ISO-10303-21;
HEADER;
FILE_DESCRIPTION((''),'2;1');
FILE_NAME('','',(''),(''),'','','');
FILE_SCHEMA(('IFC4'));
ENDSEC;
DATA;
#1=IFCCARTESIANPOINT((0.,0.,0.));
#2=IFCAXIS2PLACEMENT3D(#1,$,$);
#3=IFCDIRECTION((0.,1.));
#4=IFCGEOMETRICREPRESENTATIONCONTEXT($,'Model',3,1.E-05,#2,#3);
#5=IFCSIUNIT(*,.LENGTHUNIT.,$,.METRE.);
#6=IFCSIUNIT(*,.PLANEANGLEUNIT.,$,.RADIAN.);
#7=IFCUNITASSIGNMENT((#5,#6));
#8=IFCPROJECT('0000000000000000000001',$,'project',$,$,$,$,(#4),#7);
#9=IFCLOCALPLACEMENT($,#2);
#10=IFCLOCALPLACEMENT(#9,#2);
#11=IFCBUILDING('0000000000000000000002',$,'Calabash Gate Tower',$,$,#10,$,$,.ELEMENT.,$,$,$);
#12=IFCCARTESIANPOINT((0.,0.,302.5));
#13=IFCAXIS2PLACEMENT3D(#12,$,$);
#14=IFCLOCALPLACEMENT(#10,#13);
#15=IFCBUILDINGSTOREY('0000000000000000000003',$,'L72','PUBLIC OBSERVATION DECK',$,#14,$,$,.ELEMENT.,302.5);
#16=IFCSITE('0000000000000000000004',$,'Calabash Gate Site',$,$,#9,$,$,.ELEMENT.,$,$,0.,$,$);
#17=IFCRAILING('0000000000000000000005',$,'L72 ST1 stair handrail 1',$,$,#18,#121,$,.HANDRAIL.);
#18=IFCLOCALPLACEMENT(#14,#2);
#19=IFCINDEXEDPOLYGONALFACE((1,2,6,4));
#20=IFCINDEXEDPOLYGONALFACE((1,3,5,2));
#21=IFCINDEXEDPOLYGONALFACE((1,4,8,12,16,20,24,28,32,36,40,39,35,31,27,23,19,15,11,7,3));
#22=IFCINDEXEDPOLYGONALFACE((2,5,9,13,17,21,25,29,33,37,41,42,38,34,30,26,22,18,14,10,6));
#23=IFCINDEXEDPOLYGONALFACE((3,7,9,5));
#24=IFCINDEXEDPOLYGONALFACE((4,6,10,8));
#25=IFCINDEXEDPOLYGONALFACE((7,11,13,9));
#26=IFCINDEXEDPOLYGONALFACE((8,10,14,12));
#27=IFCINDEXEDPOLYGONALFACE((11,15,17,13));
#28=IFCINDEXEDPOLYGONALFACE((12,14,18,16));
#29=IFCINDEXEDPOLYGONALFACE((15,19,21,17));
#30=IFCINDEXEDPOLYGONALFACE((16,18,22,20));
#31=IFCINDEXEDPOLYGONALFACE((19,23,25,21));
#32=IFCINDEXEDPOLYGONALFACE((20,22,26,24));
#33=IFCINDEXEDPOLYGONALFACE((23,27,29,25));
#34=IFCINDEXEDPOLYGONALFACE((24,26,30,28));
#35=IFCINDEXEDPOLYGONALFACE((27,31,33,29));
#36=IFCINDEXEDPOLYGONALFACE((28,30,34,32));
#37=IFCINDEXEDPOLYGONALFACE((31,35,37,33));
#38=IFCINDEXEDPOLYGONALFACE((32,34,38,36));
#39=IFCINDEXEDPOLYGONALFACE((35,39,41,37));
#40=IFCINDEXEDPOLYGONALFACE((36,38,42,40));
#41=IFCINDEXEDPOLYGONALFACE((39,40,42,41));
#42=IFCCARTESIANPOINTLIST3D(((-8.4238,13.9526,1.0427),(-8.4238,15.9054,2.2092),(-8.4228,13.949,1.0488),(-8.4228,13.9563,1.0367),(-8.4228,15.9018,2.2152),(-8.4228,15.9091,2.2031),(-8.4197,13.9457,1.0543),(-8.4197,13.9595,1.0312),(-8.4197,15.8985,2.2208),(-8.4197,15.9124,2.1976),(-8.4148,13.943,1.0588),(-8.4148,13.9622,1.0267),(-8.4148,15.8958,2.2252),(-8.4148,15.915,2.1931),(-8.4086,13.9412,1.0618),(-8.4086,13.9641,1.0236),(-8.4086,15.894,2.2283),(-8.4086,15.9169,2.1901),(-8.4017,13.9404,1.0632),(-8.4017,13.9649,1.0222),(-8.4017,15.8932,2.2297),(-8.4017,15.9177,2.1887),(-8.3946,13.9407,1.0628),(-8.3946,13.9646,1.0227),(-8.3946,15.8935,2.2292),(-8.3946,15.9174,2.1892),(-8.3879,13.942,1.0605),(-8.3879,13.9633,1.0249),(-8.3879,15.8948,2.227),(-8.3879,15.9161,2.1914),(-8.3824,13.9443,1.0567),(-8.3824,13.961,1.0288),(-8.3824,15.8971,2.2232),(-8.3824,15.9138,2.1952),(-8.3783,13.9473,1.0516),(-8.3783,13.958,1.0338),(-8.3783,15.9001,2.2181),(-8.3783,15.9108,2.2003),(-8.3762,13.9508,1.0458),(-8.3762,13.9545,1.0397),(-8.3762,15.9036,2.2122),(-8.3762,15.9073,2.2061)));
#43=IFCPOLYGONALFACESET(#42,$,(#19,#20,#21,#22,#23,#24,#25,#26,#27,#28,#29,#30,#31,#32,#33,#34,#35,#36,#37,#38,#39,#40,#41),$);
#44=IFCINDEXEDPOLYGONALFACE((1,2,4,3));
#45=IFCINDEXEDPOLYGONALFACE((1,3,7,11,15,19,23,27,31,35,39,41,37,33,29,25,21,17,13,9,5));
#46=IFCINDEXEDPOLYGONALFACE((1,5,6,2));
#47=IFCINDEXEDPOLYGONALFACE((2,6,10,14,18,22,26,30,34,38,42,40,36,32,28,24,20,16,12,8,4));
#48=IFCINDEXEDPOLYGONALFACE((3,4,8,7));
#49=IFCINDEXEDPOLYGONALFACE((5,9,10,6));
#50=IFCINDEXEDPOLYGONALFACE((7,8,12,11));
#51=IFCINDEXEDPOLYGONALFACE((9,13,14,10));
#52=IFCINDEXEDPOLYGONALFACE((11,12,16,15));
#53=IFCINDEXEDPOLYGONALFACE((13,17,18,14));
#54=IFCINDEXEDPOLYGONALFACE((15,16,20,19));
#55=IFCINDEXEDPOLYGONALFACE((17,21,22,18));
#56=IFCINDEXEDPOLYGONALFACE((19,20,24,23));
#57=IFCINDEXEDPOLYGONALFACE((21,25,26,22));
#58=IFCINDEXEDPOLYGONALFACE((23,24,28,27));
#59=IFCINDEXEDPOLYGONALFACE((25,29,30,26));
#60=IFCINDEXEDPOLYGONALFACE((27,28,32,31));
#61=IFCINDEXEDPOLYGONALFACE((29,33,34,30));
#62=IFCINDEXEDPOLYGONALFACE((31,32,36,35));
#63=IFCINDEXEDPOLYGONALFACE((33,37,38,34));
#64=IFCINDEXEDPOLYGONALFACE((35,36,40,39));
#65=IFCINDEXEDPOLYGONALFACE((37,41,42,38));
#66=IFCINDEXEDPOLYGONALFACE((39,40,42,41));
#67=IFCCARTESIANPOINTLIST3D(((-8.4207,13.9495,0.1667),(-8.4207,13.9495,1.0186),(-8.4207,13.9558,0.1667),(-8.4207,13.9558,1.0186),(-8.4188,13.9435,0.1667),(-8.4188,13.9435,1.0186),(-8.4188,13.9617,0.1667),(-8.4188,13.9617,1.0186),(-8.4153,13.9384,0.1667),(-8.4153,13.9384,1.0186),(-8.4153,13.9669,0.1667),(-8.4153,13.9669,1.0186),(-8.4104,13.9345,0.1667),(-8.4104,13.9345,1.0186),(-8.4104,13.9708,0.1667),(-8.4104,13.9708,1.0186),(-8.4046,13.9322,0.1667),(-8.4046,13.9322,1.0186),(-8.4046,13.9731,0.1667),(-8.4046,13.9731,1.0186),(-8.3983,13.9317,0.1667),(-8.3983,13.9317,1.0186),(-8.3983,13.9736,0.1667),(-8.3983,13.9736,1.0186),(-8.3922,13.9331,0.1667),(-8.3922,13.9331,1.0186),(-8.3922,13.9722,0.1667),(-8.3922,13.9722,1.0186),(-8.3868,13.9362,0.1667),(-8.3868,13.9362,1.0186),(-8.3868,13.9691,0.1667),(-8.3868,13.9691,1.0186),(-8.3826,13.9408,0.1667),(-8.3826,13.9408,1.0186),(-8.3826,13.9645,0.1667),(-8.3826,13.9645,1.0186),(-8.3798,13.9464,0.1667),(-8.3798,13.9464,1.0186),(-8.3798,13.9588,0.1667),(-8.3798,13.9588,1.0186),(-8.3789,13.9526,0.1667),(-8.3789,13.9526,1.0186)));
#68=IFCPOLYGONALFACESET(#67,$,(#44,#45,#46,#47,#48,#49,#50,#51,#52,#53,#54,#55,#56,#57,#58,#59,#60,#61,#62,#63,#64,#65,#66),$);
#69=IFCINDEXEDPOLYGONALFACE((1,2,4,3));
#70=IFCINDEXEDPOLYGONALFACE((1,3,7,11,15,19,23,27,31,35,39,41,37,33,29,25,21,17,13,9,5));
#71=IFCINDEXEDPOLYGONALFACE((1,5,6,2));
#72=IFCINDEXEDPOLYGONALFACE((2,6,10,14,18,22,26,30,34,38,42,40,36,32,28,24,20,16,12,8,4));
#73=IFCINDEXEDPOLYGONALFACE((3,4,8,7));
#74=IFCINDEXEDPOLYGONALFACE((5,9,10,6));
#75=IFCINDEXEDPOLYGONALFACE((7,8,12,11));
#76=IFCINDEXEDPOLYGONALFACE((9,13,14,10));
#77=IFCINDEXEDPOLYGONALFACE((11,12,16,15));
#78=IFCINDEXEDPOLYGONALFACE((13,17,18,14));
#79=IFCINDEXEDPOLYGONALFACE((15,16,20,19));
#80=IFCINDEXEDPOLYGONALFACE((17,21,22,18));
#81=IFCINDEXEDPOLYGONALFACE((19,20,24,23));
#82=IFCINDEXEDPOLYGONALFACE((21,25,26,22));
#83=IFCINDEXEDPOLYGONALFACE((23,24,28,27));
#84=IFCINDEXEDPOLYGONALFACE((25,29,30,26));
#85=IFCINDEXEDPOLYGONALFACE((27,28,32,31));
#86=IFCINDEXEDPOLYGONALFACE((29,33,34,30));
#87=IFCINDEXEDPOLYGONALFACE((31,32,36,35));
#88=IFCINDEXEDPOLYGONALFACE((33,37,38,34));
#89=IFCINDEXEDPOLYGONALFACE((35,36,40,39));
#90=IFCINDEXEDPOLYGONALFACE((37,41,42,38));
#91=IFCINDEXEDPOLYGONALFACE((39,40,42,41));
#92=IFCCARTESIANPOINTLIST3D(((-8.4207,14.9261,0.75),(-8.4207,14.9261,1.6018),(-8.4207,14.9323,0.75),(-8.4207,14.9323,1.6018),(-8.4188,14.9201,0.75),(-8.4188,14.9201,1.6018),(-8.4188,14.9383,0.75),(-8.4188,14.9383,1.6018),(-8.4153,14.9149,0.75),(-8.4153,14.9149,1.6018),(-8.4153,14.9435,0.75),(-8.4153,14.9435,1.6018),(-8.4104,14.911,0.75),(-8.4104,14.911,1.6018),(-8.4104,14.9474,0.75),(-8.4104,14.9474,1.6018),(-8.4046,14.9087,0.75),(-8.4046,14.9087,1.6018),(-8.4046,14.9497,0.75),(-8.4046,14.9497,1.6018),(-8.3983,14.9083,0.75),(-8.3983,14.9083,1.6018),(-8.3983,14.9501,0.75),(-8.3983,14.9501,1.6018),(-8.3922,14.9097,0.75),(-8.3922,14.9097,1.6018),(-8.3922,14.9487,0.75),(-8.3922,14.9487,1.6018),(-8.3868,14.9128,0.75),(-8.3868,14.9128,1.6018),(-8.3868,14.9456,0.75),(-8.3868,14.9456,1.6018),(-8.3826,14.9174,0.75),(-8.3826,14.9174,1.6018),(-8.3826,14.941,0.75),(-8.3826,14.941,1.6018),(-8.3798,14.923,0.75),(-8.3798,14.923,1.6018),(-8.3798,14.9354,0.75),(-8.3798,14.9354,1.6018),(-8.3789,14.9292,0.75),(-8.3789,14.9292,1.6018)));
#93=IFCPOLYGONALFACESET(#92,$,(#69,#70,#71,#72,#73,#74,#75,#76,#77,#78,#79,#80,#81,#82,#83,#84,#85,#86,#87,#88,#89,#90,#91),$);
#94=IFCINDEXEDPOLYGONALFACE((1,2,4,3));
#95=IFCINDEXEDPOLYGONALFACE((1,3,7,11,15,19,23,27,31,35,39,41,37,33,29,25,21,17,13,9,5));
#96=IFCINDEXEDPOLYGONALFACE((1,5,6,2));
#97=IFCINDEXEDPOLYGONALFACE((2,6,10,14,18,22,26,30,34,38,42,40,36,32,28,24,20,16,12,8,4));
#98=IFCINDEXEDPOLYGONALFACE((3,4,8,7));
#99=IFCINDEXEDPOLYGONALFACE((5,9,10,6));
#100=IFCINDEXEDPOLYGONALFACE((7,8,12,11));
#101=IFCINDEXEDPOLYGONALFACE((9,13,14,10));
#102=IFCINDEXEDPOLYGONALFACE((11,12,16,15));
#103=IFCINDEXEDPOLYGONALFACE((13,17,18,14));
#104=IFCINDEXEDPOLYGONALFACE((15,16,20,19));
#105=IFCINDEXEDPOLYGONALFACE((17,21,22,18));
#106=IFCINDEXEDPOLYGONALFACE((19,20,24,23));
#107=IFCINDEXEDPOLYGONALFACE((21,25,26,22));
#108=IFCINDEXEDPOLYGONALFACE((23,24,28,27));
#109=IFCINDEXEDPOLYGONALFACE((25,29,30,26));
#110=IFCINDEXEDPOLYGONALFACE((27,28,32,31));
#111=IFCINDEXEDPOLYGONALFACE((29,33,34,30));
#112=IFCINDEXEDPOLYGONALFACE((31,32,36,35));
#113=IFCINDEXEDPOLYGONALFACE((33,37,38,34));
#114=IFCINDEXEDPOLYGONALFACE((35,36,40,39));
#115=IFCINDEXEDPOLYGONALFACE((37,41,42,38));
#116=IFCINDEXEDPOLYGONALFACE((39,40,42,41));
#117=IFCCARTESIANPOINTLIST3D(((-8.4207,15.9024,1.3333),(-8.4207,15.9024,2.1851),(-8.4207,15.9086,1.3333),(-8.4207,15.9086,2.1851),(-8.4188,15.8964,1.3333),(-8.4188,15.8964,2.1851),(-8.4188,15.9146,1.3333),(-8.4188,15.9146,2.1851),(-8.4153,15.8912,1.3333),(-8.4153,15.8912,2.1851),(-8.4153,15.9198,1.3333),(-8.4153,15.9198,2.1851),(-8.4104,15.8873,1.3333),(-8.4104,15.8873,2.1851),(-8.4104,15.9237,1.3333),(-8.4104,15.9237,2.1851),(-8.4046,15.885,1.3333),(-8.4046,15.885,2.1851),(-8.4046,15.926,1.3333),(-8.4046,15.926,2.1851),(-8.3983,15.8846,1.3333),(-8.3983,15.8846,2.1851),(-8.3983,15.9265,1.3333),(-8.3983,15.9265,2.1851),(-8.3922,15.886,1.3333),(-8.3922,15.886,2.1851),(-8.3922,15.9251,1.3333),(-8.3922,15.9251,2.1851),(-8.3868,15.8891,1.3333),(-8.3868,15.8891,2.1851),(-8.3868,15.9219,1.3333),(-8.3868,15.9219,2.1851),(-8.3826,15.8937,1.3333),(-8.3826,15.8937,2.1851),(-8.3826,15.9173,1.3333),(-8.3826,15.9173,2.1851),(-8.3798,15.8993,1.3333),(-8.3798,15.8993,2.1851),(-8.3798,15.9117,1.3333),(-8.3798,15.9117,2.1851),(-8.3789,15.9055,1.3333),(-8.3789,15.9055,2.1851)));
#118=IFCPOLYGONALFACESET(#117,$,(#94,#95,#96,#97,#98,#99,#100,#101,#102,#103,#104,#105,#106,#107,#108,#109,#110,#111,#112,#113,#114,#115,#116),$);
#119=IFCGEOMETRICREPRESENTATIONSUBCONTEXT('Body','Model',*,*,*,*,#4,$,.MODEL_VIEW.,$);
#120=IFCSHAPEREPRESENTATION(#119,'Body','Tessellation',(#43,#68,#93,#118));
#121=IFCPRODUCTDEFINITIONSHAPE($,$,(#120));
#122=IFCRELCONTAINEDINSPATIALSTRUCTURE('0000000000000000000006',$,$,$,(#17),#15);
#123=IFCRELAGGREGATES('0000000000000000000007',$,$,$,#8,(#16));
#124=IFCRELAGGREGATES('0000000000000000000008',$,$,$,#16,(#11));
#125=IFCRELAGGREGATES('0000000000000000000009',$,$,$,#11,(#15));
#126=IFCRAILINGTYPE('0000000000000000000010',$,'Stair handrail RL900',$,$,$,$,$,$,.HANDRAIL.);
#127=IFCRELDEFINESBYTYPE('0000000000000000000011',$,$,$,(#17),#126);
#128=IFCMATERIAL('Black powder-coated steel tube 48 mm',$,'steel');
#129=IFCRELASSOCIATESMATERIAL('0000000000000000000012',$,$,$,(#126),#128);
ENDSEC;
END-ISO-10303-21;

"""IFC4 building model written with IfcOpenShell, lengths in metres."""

from ifc_helpers import new_model, si_unit, direction, frame, origin, origin_2d, place, context, subcontext, project, spatial, circle, extrude, material, type_object, element, save


model = new_model("IFC4")

# Units and contexts
model_context = context("Model", 3, precision=1e-05, world=origin(), true_north=direction((0.0, 1.0)))
body_context = subcontext(model_context, "Body", "Model", "MODEL_VIEW")
ifc_project = project(units=[si_unit("LENGTHUNIT", "METRE"), si_unit("PLANEANGLEUNIT", "RADIAN")], contexts=[model_context])

# Site, building, storey
site_placement = place(None, origin())
site = spatial("IfcSite", under=ifc_project, at=site_placement, Name="Calabash Gate Site", CompositionType="ELEMENT", RefElevation=0.0)
building_placement = place(site_placement, origin())
building = spatial("IfcBuilding", under=site, at=building_placement, Name="Calabash Gate Tower", CompositionType="ELEMENT")
storey_placement = place(building_placement, frame((0.0, 0.0, 302.5)))
storey = spatial("IfcBuildingStorey", under=building, at=storey_placement, Name="L72", Description="PUBLIC OBSERVATION DECK", CompositionType="ELEMENT", Elevation=302.5)

# Railing
ifc_material_1 = material(Name="Black powder-coated steel tube 48 mm", Category="steel")
railing_type_1 = type_object("IfcRailingType", Name="Stair handrail RL900", PredefinedType="HANDRAIL", material=ifc_material_1)
railing_1_placement = place(storey_placement, frame((-8.3999, 13.9526, 0.1667)))
element("IfcRailing", 1, at=railing_1_placement, inside=storey, type_object=railing_type_1, Name="L72 ST1 stair handrail 1", PredefinedType="HANDRAIL", context=body_context, shape_type="SweptSolid", body=[
    extrude(circle(Radius=0.0239, at=origin_2d()), frame((0.0, 0.0, 0.876), z_axis=(0.0, 0.858505, 0.512806), x_axis=(-1.0, 0.0, 0.0)), (0.0, 0.0, 1.0), 2.2747),
    extrude(circle(Radius=0.021, at=origin_2d()), origin(), (0.0, 0.0, 1.0), 0.8518),
    extrude(circle(Radius=0.021, at=origin_2d()), frame((0.0, 0.9766, 0.5833)), (0.0, 0.0, 1.0), 0.8518),
    extrude(circle(Radius=0.021, at=origin_2d()), frame((0.0, 1.9529, 1.1665)), (0.0, 0.0, 1.0), 0.8518),
])

save(model, "model.ifc")
